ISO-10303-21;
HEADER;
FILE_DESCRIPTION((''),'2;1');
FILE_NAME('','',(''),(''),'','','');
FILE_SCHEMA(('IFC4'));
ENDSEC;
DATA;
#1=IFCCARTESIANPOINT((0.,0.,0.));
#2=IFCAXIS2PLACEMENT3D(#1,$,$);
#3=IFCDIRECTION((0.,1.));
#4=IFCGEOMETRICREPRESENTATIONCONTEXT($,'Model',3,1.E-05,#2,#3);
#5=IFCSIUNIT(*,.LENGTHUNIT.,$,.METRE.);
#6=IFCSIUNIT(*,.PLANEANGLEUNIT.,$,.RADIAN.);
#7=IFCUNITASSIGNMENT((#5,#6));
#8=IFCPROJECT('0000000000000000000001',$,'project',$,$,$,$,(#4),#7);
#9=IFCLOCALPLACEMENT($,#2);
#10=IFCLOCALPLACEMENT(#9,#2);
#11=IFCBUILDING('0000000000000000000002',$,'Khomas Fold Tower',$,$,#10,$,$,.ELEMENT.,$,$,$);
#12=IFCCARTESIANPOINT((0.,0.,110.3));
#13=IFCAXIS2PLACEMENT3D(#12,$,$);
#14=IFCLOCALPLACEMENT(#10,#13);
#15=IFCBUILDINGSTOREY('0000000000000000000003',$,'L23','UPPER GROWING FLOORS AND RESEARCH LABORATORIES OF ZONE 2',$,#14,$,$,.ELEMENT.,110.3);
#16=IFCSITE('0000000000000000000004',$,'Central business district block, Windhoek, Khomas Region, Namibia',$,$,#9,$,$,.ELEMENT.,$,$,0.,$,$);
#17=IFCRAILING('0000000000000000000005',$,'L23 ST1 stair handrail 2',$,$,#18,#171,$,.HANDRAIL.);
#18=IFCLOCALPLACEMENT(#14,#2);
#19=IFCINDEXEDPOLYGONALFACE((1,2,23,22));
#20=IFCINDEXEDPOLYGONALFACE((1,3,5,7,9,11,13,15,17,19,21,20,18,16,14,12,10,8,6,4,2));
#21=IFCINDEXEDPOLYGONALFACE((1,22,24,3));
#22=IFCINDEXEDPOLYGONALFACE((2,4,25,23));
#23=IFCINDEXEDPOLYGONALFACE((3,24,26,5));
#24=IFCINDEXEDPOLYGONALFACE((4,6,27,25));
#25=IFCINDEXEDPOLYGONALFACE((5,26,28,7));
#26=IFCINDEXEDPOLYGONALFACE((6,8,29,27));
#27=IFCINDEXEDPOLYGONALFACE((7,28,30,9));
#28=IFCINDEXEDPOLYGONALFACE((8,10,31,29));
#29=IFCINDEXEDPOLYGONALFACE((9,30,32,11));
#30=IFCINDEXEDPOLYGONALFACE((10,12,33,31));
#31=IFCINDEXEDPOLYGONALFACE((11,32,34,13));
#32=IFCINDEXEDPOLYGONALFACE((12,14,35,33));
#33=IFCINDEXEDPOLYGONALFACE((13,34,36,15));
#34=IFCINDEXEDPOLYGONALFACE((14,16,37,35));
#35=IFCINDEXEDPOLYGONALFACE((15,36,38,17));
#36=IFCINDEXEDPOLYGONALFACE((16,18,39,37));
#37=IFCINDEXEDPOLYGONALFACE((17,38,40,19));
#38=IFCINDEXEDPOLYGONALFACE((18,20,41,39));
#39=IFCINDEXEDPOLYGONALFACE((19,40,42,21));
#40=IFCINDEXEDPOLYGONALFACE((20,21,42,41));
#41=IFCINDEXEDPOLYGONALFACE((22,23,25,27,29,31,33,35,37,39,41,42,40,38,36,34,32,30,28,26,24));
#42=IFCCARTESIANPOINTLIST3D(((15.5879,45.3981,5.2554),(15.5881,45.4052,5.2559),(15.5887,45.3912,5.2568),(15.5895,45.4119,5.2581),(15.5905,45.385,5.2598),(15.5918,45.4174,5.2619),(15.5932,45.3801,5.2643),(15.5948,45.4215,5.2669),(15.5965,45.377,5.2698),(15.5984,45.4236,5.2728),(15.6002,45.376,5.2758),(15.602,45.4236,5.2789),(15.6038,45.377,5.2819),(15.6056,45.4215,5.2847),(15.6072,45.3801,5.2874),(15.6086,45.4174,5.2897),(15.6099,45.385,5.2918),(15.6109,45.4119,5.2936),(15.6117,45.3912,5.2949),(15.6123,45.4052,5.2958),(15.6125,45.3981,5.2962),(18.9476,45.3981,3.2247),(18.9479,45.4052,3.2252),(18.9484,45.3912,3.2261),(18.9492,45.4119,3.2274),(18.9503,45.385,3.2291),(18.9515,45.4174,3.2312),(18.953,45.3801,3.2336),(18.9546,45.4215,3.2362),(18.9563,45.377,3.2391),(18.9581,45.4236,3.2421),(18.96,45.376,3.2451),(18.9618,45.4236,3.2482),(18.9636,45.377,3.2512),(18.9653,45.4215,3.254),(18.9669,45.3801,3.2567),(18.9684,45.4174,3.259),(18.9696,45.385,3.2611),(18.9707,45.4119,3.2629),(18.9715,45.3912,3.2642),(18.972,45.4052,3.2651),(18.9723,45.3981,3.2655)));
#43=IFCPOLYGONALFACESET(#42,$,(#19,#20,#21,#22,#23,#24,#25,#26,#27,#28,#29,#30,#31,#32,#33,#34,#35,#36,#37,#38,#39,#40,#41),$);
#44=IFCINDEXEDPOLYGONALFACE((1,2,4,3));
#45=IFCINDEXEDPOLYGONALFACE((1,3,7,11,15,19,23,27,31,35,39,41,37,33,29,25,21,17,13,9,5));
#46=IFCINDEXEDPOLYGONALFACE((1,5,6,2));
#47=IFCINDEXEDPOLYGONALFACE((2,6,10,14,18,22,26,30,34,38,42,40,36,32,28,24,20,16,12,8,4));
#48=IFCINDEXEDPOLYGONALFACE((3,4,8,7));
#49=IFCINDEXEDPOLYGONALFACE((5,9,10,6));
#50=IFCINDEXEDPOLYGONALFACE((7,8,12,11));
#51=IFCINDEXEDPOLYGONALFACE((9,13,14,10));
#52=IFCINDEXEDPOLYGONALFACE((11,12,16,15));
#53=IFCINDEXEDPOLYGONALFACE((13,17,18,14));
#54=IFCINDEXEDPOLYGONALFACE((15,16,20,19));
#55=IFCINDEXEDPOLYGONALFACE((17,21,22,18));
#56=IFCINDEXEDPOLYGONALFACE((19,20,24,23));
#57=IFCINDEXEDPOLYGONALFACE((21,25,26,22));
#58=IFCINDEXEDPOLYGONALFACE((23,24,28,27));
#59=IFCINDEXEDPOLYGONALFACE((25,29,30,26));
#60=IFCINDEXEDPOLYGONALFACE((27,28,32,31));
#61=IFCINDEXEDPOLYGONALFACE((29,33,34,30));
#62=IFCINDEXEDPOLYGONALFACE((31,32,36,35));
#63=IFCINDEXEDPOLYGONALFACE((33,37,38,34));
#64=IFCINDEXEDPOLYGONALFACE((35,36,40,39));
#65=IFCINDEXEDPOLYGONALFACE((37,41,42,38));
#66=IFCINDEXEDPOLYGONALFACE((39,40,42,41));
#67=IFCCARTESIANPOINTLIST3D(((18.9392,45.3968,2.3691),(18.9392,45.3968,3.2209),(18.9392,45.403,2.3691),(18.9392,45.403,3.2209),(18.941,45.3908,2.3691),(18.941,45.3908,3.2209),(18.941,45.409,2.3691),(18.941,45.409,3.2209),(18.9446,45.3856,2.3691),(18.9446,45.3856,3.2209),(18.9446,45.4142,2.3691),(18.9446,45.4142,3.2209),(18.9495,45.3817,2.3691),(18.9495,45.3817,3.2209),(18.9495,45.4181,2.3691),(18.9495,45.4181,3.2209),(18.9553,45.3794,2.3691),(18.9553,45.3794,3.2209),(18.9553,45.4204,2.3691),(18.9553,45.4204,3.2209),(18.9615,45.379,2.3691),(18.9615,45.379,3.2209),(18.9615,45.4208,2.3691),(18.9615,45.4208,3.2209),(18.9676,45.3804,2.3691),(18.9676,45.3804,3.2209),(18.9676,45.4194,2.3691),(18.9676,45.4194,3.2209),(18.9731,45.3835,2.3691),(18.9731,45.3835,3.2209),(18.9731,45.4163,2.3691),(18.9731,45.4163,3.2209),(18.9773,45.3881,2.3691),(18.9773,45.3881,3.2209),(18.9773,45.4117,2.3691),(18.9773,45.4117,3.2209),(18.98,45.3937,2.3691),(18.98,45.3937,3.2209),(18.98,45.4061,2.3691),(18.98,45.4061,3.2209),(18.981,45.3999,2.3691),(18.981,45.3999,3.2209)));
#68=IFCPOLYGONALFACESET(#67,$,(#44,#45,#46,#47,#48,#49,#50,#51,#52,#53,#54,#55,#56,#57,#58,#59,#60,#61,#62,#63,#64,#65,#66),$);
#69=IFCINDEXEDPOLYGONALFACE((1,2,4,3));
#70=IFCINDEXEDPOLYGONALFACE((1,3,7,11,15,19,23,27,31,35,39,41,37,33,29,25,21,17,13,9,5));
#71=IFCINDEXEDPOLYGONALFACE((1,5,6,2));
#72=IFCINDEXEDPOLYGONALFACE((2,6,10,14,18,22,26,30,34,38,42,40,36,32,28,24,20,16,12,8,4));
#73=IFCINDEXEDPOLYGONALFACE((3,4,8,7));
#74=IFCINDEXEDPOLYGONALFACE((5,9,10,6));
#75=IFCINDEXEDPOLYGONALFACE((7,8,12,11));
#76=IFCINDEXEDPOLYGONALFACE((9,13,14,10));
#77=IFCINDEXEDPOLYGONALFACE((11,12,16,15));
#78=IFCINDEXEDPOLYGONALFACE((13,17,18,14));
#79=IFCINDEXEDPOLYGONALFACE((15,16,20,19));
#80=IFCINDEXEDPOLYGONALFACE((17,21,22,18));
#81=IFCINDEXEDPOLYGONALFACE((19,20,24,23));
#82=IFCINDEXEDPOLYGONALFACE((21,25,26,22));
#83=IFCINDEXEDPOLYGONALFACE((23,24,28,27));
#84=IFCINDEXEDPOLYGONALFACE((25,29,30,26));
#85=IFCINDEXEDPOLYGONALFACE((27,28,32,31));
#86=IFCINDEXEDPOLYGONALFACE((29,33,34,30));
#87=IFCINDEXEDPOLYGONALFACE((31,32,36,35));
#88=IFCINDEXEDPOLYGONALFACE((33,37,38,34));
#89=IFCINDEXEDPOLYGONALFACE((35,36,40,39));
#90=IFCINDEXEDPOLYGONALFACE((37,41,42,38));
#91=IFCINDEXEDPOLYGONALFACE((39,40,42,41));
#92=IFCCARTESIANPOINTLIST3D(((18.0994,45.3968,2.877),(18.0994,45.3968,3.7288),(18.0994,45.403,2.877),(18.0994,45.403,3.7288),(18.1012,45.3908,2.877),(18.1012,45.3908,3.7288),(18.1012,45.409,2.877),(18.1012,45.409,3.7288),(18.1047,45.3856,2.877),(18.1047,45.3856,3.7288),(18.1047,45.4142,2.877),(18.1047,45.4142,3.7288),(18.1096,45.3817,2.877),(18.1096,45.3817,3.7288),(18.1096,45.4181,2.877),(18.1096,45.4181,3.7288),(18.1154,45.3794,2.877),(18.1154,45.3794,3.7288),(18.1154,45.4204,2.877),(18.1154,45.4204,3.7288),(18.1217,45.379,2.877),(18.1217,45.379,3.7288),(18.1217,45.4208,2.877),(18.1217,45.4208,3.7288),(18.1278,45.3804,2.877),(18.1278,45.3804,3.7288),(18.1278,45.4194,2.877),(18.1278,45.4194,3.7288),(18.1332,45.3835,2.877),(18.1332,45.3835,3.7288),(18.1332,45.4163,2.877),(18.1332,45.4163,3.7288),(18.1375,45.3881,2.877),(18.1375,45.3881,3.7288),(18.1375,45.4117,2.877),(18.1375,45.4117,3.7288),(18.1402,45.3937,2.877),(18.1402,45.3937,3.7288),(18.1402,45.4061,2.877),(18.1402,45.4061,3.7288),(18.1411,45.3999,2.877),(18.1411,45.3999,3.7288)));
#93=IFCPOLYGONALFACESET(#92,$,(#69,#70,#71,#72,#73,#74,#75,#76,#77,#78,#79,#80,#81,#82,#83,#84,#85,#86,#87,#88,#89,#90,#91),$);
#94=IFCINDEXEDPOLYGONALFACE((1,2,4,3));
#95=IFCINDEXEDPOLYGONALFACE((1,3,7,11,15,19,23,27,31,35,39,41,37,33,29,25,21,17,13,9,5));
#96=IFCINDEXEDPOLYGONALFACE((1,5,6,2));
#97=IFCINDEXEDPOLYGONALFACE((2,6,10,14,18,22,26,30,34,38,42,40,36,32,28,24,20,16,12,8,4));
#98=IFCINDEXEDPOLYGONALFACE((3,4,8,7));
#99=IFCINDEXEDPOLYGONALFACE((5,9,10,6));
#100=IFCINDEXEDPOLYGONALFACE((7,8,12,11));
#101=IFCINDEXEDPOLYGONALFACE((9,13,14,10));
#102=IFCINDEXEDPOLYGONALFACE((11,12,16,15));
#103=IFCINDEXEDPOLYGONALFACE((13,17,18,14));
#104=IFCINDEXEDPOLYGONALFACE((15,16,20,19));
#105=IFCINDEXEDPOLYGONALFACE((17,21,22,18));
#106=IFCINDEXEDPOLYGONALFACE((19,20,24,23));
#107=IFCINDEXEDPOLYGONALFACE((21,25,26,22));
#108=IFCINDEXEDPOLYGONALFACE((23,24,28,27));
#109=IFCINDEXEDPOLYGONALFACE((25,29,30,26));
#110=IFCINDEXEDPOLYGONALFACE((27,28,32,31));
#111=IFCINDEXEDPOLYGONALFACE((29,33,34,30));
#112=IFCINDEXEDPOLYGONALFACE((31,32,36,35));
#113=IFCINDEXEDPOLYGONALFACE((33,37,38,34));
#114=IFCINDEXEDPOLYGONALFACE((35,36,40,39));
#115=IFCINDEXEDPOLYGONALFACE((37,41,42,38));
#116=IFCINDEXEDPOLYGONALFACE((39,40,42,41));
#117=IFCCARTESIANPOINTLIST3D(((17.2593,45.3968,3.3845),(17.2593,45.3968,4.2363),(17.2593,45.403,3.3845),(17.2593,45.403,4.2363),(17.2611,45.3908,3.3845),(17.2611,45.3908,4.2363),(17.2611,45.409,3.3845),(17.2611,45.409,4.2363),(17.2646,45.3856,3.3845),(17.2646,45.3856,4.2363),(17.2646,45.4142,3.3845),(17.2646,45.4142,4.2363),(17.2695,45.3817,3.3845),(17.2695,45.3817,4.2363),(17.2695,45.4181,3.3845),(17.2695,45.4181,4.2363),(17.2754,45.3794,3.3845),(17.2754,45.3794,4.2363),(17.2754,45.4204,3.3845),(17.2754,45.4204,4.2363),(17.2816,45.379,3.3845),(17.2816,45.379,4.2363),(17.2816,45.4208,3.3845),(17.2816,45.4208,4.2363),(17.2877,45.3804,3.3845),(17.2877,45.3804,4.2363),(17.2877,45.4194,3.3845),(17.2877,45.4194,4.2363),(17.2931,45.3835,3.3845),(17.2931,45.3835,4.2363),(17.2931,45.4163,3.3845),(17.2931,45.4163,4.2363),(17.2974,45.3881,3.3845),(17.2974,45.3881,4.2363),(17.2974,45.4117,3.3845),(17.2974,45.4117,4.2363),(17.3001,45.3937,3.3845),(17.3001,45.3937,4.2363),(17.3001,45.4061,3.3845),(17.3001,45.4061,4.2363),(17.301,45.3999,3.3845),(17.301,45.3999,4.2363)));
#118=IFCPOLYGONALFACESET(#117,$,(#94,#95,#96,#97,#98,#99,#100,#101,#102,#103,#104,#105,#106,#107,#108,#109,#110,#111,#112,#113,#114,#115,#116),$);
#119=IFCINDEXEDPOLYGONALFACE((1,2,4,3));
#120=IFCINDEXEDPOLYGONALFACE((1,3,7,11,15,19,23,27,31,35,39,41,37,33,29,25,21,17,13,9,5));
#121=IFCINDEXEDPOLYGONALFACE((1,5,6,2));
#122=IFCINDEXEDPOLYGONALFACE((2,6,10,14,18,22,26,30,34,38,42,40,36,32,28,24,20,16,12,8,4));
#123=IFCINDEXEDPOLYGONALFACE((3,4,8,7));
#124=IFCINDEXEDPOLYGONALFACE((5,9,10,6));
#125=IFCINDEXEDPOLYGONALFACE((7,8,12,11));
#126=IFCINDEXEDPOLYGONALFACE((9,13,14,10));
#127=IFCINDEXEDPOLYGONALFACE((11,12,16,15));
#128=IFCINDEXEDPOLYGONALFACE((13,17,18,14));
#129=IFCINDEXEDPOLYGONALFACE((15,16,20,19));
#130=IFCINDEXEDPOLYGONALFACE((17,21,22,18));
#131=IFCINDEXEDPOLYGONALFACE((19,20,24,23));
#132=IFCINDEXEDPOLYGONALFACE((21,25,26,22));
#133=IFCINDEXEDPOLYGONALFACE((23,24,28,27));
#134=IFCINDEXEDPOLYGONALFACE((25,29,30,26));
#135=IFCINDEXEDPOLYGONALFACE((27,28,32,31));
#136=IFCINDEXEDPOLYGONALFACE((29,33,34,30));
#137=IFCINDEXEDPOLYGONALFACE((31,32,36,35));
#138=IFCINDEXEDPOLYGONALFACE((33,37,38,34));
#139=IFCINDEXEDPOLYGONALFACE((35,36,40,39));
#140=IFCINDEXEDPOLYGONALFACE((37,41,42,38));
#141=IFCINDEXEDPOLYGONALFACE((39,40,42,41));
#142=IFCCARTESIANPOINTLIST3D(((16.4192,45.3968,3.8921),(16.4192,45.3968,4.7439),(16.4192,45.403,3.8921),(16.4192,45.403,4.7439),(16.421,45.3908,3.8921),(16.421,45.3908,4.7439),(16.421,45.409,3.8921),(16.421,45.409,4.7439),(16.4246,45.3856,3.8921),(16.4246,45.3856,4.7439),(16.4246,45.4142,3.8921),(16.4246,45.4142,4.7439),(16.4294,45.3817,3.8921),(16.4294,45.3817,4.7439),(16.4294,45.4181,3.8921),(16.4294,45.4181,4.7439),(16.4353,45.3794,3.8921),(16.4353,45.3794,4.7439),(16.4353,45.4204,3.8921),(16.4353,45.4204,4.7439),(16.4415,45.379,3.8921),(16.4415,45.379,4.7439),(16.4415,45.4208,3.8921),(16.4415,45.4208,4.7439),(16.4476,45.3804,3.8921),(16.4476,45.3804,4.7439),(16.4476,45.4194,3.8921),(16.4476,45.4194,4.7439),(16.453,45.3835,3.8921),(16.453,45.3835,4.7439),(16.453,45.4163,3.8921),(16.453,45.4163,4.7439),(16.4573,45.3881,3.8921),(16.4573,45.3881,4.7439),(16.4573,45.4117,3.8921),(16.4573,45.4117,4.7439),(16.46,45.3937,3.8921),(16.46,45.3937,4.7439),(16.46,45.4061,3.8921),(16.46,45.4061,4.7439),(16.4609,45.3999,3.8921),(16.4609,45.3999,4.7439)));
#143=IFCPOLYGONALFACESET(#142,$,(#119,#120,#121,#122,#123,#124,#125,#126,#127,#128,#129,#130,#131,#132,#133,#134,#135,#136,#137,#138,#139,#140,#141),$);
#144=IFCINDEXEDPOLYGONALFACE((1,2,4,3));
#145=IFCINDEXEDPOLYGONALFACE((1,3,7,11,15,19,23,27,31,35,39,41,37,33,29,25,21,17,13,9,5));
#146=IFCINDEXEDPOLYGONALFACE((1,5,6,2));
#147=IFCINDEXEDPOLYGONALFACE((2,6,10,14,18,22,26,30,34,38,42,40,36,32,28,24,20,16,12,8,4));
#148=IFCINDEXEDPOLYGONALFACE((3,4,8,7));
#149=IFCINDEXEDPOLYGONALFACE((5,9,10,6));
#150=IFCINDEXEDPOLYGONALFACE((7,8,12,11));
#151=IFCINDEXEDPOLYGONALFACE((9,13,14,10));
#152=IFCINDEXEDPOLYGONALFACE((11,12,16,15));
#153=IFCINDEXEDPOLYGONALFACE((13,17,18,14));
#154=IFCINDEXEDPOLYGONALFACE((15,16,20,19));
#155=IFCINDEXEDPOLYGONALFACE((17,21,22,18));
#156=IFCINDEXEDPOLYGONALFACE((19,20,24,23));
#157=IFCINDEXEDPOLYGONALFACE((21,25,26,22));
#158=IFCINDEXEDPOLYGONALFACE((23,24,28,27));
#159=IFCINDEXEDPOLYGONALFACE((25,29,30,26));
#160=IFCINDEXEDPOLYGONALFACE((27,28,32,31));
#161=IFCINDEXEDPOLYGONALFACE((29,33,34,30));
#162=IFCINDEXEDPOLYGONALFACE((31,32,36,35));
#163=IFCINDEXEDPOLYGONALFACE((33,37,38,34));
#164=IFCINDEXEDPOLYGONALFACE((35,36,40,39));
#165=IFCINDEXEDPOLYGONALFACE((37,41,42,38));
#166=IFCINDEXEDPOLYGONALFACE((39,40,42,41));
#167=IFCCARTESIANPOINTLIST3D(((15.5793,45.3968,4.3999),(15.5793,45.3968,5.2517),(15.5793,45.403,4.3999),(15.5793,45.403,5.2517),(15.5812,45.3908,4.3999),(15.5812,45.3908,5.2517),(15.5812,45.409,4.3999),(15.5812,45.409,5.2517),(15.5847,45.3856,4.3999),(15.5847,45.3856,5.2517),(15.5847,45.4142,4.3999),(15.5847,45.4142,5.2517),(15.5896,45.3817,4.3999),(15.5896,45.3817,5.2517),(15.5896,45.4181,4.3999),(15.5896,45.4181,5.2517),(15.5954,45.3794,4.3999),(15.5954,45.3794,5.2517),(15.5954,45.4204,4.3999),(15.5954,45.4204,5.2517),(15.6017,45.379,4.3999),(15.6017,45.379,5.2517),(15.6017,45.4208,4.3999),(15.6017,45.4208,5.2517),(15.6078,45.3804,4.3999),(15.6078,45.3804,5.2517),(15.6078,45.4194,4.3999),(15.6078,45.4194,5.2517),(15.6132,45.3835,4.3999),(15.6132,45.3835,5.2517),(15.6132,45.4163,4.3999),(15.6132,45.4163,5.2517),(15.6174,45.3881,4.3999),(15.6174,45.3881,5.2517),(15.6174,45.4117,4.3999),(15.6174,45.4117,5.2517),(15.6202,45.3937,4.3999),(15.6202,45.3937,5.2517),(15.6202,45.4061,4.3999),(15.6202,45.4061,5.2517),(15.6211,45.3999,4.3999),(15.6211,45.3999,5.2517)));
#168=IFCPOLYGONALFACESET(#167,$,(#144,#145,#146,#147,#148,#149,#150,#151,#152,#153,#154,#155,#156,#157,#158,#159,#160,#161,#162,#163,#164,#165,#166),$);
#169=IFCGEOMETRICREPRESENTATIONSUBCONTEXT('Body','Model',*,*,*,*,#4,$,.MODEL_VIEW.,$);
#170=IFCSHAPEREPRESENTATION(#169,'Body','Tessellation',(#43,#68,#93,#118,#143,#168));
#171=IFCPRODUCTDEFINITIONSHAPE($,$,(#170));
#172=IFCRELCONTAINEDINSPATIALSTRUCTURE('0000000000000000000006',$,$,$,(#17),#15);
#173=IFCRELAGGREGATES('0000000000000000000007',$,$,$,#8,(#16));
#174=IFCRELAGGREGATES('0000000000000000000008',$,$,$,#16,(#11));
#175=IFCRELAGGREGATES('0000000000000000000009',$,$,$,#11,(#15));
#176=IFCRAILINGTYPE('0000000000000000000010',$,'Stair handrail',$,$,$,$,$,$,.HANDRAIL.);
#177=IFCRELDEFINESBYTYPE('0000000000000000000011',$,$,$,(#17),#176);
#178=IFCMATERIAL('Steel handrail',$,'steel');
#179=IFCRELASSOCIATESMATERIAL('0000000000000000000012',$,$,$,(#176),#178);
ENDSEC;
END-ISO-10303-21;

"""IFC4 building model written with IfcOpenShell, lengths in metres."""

from ifc_helpers import new_model, si_unit, direction, frame, origin, origin_2d, place, context, subcontext, project, spatial, circle, extrude, source, transform, mapped, material, type_object, element, save


model = new_model("IFC4")

# Units and contexts
model_context = context("Model", 3, precision=1e-05, world=origin(), true_north=direction((0.0, 1.0)))
body_context = subcontext(model_context, "Body", "Model", "MODEL_VIEW")
ifc_project = project(units=[si_unit("LENGTHUNIT", "METRE"), si_unit("PLANEANGLEUNIT", "RADIAN")], contexts=[model_context])

# Site, building, storey
site_placement = place(None, origin())
site = spatial("IfcSite", under=ifc_project, at=site_placement, Name="Central business district block, Windhoek, Khomas Region, Namibia", CompositionType="ELEMENT", RefElevation=0.0)
building_placement = place(site_placement, origin())
building = spatial("IfcBuilding", under=site, at=building_placement, Name="Khomas Fold Tower", CompositionType="ELEMENT")
storey_placement = place(building_placement, frame((0.0, 0.0, 110.3)))
storey = spatial("IfcBuildingStorey", under=building, at=storey_placement, Name="L23", Description="UPPER GROWING FLOORS AND RESEARCH LABORATORIES OF ZONE 2", CompositionType="ELEMENT", Elevation=110.3)

# Railing
ifc_material_1 = material(Name="Steel handrail", Category="steel")
railing_type_1 = type_object("IfcRailingType", Name="Stair handrail", PredefinedType="HANDRAIL", material=ifc_material_1)
shared_shape_1 = source(origin(), body_context, "Body", "SweptSolid", [
    extrude(circle(Radius=0.0239, at=origin_2d()), frame((0.0, 0.0, 0.876), z_axis=(-0.85582, 0.0, 0.517273), x_axis=(0.0, -1.0, 0.0)), (0.0, 0.0, 1.0), 3.9258),
    extrude(circle(Radius=0.021, at=origin_2d()), origin(), (0.0, 0.0, 1.0), 0.8518),
    extrude(circle(Radius=0.021, at=origin_2d()), frame((-0.8398, 0.0, 0.5078)), (0.0, 0.0, 1.0), 0.8518),
    extrude(circle(Radius=0.021, at=origin_2d()), frame((-1.6799, 0.0, 1.0154)), (0.0, 0.0, 1.0), 0.8518),
    extrude(circle(Radius=0.021, at=origin_2d()), frame((-2.52, 0.0, 1.5229)), (0.0, 0.0, 1.0), 0.8518),
    extrude(circle(Radius=0.021, at=origin_2d()), frame((-3.3599, 0.0, 2.0308)), (0.0, 0.0, 1.0), 0.8518),
])
railing_1_placement = place(storey_placement, frame((18.96, 45.3999, 2.3691)))
element("IfcRailing", 1, at=railing_1_placement, inside=storey, type_object=railing_type_1, Name="L23 ST1 stair handrail 2", PredefinedType="HANDRAIL", context=body_context, shape_type="MappedRepresentation", body=[
    mapped(shared_shape_1, transform((0.0, 0.0, 0.0))),
])

save(model, "model.ifc")
